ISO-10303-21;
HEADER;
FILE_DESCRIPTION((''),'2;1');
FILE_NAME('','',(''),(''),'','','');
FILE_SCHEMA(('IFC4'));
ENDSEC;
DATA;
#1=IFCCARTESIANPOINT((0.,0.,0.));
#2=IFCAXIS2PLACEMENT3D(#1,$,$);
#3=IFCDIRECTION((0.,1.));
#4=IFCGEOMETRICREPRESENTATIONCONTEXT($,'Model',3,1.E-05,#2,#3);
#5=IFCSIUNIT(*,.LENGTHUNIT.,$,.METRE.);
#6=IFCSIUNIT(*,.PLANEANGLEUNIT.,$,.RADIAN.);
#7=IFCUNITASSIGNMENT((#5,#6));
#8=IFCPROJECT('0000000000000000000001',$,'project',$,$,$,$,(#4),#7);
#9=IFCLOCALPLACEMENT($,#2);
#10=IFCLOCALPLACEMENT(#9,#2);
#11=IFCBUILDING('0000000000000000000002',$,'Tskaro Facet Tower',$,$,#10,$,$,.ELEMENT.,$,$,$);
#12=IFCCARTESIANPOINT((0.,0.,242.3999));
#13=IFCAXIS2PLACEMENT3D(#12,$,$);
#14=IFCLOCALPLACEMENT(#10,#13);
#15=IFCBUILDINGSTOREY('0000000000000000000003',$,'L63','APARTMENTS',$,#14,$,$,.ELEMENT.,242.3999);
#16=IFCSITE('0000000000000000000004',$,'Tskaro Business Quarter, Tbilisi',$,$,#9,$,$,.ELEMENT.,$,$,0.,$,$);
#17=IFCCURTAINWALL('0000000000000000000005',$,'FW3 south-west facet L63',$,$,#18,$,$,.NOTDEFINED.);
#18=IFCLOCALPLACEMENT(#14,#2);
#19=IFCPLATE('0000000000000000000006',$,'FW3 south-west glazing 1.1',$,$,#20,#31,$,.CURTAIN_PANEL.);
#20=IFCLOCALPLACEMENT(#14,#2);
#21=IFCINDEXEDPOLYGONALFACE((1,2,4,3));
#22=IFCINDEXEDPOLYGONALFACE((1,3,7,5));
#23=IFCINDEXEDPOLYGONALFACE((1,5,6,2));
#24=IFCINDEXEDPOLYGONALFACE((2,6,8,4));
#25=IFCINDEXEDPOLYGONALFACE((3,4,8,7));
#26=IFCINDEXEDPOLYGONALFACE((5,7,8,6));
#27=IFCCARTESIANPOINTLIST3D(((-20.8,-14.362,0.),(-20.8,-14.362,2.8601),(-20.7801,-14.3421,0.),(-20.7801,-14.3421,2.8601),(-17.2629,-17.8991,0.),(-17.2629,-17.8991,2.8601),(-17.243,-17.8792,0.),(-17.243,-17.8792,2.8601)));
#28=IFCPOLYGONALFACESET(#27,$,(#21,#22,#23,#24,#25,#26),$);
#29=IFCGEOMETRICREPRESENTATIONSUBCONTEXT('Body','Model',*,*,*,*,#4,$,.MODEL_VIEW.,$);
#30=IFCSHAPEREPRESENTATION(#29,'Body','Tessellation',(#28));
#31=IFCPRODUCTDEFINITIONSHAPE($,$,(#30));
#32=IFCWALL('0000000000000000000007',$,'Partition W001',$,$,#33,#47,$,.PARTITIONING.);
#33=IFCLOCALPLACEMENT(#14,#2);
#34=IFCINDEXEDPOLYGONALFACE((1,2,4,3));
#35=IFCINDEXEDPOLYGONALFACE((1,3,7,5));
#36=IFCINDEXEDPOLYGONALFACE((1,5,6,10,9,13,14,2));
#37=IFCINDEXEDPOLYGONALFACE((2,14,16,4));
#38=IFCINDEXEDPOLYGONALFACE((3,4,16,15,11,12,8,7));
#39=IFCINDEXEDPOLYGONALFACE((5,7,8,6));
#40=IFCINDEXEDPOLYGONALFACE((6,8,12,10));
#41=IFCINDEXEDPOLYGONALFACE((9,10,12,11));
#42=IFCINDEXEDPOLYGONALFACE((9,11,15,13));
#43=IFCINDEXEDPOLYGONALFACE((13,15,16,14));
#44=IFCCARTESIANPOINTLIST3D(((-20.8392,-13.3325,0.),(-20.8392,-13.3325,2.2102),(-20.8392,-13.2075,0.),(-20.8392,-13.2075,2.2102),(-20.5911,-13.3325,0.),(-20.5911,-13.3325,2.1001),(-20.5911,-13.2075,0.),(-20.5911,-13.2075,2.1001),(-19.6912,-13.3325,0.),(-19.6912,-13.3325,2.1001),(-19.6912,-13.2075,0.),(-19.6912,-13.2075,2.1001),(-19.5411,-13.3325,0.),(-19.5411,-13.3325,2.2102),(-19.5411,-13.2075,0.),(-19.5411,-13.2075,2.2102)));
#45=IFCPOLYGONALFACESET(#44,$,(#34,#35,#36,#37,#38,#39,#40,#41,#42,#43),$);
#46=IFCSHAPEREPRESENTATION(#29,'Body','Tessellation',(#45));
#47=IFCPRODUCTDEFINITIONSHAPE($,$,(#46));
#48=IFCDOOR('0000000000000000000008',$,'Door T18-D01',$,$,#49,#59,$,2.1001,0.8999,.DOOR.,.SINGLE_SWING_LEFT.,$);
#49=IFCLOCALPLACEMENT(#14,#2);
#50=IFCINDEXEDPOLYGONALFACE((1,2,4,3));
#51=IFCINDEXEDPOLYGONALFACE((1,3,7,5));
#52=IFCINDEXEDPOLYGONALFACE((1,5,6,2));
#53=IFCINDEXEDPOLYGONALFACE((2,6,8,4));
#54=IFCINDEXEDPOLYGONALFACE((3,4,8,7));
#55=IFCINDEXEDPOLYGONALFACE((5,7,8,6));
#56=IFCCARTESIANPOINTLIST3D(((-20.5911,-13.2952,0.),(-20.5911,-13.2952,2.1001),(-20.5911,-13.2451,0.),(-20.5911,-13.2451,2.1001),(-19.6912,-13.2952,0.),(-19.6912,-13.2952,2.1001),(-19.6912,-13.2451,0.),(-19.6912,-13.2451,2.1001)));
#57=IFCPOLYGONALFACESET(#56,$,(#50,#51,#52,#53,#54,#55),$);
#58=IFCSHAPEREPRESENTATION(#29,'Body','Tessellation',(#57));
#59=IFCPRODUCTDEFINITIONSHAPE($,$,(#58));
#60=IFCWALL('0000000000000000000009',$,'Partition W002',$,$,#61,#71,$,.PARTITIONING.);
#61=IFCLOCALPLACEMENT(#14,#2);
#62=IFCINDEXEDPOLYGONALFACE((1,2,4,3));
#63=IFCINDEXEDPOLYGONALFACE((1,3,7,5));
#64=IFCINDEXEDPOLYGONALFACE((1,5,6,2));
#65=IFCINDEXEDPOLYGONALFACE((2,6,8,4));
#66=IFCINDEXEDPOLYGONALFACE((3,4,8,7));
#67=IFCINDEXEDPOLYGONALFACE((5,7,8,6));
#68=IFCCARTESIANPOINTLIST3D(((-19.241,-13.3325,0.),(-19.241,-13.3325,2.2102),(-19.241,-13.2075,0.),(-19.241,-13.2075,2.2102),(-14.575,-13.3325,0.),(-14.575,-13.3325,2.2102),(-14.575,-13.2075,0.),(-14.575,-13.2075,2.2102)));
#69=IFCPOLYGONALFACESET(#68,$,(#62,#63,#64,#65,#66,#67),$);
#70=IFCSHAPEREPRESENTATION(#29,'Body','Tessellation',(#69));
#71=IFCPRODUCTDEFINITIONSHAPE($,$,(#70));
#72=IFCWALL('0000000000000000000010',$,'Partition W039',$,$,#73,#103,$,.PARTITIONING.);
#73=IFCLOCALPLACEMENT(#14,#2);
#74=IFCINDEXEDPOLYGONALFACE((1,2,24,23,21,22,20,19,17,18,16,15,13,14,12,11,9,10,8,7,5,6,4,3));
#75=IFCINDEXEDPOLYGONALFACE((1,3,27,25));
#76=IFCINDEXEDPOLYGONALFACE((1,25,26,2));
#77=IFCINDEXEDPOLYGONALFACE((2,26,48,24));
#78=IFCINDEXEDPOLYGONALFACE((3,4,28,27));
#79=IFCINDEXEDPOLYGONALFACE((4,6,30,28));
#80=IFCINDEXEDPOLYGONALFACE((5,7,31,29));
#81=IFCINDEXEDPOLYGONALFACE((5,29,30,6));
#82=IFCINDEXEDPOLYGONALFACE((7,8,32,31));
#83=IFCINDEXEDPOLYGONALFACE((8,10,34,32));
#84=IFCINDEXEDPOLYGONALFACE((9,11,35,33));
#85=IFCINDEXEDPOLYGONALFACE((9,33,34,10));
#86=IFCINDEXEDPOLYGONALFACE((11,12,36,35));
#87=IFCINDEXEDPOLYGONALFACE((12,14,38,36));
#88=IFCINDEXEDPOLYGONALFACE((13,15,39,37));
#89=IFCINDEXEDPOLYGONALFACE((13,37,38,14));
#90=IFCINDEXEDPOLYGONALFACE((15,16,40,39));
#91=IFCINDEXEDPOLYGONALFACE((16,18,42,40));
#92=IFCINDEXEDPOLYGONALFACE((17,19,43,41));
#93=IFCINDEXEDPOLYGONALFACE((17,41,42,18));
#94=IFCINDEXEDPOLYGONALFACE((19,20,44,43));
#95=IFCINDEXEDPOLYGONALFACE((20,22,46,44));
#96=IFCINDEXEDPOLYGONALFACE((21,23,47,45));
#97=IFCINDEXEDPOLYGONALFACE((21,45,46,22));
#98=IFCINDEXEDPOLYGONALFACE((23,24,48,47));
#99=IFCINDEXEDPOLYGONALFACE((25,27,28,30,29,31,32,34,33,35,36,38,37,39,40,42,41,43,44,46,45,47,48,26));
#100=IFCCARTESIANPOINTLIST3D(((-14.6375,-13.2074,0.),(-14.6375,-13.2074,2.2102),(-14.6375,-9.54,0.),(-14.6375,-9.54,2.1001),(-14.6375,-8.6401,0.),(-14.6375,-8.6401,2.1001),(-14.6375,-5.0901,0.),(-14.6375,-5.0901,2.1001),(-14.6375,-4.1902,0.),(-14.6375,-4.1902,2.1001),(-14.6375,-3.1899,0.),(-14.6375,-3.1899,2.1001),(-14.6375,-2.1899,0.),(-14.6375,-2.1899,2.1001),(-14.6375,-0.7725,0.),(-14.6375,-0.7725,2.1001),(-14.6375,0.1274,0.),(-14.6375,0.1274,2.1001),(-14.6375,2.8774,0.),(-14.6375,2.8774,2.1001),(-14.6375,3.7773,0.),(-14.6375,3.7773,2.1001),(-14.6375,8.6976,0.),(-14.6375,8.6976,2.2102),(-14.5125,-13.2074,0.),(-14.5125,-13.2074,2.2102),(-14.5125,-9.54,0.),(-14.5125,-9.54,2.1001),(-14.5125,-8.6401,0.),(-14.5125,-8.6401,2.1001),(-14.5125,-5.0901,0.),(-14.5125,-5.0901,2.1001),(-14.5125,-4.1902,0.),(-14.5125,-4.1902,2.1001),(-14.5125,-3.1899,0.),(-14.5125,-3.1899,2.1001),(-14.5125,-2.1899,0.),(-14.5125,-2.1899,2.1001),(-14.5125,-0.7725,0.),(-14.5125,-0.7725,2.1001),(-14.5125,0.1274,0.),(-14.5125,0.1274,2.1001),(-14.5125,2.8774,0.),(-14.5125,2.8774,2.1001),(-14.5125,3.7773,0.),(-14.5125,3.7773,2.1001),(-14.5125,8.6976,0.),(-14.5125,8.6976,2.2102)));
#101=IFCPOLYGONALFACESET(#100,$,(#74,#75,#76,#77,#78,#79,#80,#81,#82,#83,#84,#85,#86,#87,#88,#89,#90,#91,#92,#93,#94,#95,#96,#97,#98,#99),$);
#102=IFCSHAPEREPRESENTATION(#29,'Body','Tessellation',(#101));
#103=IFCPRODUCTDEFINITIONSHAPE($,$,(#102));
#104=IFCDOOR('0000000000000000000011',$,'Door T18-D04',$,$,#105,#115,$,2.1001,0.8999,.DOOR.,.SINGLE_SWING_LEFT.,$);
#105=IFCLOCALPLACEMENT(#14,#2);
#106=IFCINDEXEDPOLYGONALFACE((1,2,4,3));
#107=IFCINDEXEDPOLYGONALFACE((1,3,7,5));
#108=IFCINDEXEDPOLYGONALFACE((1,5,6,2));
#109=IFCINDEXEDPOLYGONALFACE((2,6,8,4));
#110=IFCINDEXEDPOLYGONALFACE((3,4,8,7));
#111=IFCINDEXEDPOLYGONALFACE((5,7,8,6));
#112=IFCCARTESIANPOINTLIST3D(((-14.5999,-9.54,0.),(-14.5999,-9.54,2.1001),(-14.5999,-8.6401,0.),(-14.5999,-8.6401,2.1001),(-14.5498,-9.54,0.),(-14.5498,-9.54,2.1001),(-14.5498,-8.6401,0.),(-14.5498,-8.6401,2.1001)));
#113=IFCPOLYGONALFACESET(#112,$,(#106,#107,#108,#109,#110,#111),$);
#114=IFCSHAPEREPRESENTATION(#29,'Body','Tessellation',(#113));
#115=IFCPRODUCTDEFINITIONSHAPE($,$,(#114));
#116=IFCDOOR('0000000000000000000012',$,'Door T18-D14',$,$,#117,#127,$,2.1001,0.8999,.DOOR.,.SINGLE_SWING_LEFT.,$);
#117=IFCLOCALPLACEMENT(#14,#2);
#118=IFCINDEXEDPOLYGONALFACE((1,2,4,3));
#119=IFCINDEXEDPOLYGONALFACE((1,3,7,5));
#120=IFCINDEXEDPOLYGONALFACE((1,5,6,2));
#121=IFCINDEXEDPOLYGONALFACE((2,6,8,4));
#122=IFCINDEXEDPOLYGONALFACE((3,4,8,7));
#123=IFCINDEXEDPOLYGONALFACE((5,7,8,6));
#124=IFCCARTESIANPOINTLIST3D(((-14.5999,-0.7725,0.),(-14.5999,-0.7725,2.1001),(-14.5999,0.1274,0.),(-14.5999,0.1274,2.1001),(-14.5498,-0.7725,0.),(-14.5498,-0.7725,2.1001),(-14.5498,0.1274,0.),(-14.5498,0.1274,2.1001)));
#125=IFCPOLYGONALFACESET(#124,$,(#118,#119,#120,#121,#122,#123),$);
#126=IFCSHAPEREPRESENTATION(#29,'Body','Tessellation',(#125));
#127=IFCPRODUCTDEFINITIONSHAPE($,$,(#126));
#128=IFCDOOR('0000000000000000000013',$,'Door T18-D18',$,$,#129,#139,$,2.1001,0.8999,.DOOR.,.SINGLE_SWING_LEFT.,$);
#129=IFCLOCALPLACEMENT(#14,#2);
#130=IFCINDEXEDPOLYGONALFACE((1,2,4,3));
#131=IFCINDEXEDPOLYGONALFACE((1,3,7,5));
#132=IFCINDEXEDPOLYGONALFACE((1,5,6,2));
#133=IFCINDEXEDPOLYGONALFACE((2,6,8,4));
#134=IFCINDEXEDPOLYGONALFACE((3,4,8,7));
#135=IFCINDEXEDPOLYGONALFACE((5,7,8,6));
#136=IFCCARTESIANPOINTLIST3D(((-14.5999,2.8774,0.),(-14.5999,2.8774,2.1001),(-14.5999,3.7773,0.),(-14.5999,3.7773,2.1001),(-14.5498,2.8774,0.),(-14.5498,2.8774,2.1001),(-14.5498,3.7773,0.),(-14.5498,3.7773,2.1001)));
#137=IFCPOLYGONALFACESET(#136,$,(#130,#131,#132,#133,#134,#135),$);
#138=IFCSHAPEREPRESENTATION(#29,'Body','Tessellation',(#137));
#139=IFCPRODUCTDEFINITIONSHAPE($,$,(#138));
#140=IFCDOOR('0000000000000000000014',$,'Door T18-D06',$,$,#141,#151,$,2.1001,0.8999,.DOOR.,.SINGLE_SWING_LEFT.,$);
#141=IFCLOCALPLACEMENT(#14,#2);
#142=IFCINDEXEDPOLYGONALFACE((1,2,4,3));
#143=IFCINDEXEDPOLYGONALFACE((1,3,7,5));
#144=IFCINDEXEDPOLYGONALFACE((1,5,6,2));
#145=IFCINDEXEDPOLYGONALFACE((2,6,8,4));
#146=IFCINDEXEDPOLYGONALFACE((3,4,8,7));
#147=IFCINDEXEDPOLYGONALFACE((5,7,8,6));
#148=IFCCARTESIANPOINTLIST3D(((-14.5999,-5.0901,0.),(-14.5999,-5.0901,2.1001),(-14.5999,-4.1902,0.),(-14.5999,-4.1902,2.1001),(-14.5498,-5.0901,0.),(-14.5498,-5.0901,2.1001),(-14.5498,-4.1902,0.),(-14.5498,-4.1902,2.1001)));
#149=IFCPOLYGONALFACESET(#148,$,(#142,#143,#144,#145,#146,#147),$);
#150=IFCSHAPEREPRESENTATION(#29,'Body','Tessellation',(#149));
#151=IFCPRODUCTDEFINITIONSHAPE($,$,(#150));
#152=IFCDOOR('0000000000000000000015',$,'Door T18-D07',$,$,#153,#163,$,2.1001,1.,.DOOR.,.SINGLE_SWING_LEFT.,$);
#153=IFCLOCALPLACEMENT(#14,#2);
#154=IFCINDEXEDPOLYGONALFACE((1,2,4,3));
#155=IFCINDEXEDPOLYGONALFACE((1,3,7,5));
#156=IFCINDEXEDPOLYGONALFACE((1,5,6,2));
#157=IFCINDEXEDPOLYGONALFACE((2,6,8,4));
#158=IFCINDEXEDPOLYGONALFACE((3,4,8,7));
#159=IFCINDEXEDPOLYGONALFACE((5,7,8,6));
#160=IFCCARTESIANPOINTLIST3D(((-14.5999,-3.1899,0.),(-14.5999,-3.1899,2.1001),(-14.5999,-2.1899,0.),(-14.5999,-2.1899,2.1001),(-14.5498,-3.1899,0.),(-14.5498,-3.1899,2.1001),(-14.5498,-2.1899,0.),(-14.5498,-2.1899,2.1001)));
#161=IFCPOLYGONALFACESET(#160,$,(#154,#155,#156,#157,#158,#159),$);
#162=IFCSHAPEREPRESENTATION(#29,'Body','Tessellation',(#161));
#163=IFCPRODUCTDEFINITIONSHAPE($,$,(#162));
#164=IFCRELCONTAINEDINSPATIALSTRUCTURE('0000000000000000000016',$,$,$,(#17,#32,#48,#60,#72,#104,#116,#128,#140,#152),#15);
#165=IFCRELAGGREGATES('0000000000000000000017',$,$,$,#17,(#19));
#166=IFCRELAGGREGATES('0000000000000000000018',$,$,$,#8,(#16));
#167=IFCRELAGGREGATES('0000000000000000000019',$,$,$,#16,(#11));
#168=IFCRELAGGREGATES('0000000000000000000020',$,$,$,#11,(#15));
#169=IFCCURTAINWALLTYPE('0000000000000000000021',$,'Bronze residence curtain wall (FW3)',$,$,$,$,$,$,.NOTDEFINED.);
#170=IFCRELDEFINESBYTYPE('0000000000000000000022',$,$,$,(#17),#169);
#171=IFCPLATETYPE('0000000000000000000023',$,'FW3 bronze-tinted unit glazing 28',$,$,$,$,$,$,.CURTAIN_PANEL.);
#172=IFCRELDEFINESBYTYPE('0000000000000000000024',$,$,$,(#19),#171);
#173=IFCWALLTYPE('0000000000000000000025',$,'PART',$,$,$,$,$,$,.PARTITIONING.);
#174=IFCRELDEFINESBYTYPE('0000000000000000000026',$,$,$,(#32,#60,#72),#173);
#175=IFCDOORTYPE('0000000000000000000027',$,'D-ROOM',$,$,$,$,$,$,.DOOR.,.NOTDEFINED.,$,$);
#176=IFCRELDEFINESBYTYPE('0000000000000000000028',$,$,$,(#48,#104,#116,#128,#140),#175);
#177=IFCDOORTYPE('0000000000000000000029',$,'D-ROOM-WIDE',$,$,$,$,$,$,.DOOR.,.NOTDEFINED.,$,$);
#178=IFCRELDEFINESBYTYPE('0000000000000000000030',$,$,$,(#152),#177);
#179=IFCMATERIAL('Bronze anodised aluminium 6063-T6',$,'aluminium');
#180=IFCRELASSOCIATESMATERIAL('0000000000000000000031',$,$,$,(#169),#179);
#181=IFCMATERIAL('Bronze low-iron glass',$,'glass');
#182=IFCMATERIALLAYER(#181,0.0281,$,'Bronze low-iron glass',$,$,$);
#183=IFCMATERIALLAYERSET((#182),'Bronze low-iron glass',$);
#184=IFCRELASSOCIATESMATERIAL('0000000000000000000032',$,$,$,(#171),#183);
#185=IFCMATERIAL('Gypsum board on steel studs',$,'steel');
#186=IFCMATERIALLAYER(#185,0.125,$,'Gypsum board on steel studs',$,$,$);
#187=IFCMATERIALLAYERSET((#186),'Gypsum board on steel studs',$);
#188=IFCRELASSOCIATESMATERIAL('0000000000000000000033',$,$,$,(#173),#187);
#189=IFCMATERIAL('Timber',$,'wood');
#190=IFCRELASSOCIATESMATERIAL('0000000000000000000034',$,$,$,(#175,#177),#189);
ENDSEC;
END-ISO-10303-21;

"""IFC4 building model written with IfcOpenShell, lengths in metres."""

from ifc_helpers import new_model, si_unit, direction, frame, frame_2d, origin, origin_2d, place, context, subcontext, project, spatial, rectangle, extrude, material, layer, layer_set, type_object, element, fill, aggregate, save


model = new_model("IFC4")

# Units and contexts
model_context = context("Model", 3, precision=1e-05, world=origin(), true_north=direction((0.0, 1.0)))
body_context = subcontext(model_context, "Body", "Model", "MODEL_VIEW")
ifc_project = project(units=[si_unit("LENGTHUNIT", "METRE"), si_unit("PLANEANGLEUNIT", "RADIAN")], contexts=[model_context])

# Site, building, storey
site_placement = place(None, origin())
site = spatial("IfcSite", under=ifc_project, at=site_placement, Name="Tskaro Business Quarter, Tbilisi", CompositionType="ELEMENT", RefElevation=0.0)
building_placement = place(site_placement, origin())
building = spatial("IfcBuilding", under=site, at=building_placement, Name="Tskaro Facet Tower", CompositionType="ELEMENT")
storey_placement = place(building_placement, frame((0.0, 0.0, 242.3999)))
storey = spatial("IfcBuildingStorey", under=building, at=storey_placement, Name="L63", Description="APARTMENTS", CompositionType="ELEMENT", Elevation=242.3999)

# Curtain wall
ifc_material_1 = material(Name="Bronze anodised aluminium 6063-T6", Category="aluminium")
curtain_wall_type = type_object("IfcCurtainWallType", Name="Bronze residence curtain wall (FW3)", PredefinedType="NOTDEFINED", material=ifc_material_1)
curtain_wall_1_placement = place(storey_placement, origin())
curtain_wall_1 = element("IfcCurtainWall", 1, at=curtain_wall_1_placement, inside=storey, type_object=curtain_wall_type, Name="FW3 south-west facet L63", PredefinedType="NOTDEFINED")

# Shared definitions
ifc_material_2 = material(Name="Bronze low-iron glass", Category="glass")
ifc_layer_1 = layer(ifc_material_2, 0.0281, Name="Bronze low-iron glass")
ifc_layer_set_1 = layer_set([ifc_layer_1], Name="Bronze low-iron glass")
plate_type = type_object("IfcPlateType", Name="FW3 bronze-tinted unit glazing 28", PredefinedType="CURTAIN_PANEL", material=ifc_layer_set_1)

# Plate
plate_1_placement = place(storey_placement, frame((-19.0215, -16.1206, 0.0), z_axis=(0.0, 0.0, 1.0), x_axis=(0.707107, -0.707107, 0.0)))
plate_1 = element("IfcPlate", 2, at=plate_1_placement, type_object=plate_type, Name="FW3 south-west glazing 1.1", PredefinedType="CURTAIN_PANEL", context=body_context, shape_type="SweptSolid", body=[
    extrude(rectangle(XDim=5.0022, YDim=0.0281, at=origin_2d()), origin(), (0.0, 0.0, 1.0), 2.8601),
])
aggregate(curtain_wall_1, [plate_1])

# Wall, opening, door
ifc_material_3 = material(Name="Gypsum board on steel studs", Category="steel")
ifc_layer_2 = layer(ifc_material_3, 0.125, Name="Gypsum board on steel studs")
ifc_layer_set_2 = layer_set([ifc_layer_2], Name="Gypsum board on steel studs")
wall_type = type_object("IfcWallType", Name="PART", PredefinedType="PARTITIONING", material=ifc_layer_set_2)
wall_1_placement = place(storey_placement, frame((-20.8391, -13.27, 0.0), z_axis=(0.0, 0.0, 1.0), x_axis=(1.0, 0.0, 0.0)))
wall_1 = element("IfcWall", 3, at=wall_1_placement, inside=storey, type_object=wall_type, Name="Partition W001", PredefinedType="PARTITIONING", context=body_context, shape_type="SweptSolid", body=[
    extrude(rectangle(XDim=1.2981, YDim=0.125, at=frame_2d((0.6489, 0.0))), origin(), (0.0, 0.0, 1.0), 2.2102),
])
opening_1_placement = place(wall_1_placement, frame((0.248, 0.0, 0.0)))
opening_1 = element("IfcOpeningElement", 4, at=opening_1_placement, cuts=wall_1, PredefinedType="OPENING", context=body_context, shape_type="SweptSolid", body=[
    extrude(rectangle(XDim=0.8999, YDim=2.1001, at=frame_2d((0.45, 1.05))), frame((0.0, 0.0725, 0.0), z_axis=(0.0, -1.0, 0.0), x_axis=(1.0, 0.0, 0.0)), (0.0, 0.0, 1.0), 0.145),
])
ifc_material_4 = material(Name="Timber", Category="wood")
door_type_1 = type_object("IfcDoorType", Name="D-ROOM", OperationType="NOTDEFINED", PredefinedType="DOOR", material=ifc_material_4)
door_1_placement = place(opening_1_placement, origin())
door_1 = element("IfcDoor", 5, at=door_1_placement, inside=storey, type_object=door_type_1, Name="Door T18-D01", OperationType="SINGLE_SWING_LEFT", OverallHeight=2.1001, OverallWidth=0.8999, PredefinedType="DOOR", context=body_context, shape_type="SweptSolid", body=[
    extrude(rectangle(XDim=0.8999, YDim=2.1001, at=frame_2d((0.45, 1.05))), frame((0.0, 0.0249, 0.0), z_axis=(0.0, -1.0, 0.0), x_axis=(1.0, 0.0, 0.0)), (0.0, 0.0, 1.0), 0.05),
])
fill(opening_1, door_1)

# Wall
wall_2_placement = place(storey_placement, frame((-19.241, -13.27, 0.0), z_axis=(0.0, 0.0, 1.0), x_axis=(1.0, 0.0, 0.0)))
element("IfcWall", 6, at=wall_2_placement, inside=storey, type_object=wall_type, Name="Partition W002", PredefinedType="PARTITIONING", context=body_context, shape_type="SweptSolid", body=[
    extrude(rectangle(XDim=4.666, YDim=0.125, at=frame_2d((2.333, 0.0))), origin(), (0.0, 0.0, 1.0), 2.2102),
])

# Wall, openings, doors
wall_3_placement = place(storey_placement, frame((-14.575, -13.2075, 0.0), z_axis=(0.0, 0.0, 1.0), x_axis=(0.0, 1.0, 0.0)))
wall_3 = element("IfcWall", 7, at=wall_3_placement, inside=storey, type_object=wall_type, Name="Partition W039", PredefinedType="PARTITIONING", context=body_context, shape_type="SweptSolid", body=[
    extrude(rectangle(XDim=21.905, YDim=0.125, at=frame_2d((10.9526, 0.0))), origin(), (0.0, 0.0, 1.0), 2.2102),
])
opening_2_placement = place(wall_3_placement, frame((3.6675, 0.0, 0.0)))
opening_2 = element("IfcOpeningElement", 8, at=opening_2_placement, cuts=wall_3, PredefinedType="OPENING", context=body_context, shape_type="SweptSolid", body=[
    extrude(rectangle(XDim=0.8999, YDim=2.1001, at=frame_2d((0.45, 1.05))), frame((0.0, 0.0725, 0.0), z_axis=(0.0, -1.0, 0.0), x_axis=(1.0, 0.0, 0.0)), (0.0, 0.0, 1.0), 0.145),
])
opening_3_placement = place(wall_3_placement, frame((12.4351, 0.0, 0.0)))
opening_3 = element("IfcOpeningElement", 9, at=opening_3_placement, cuts=wall_3, PredefinedType="OPENING", context=body_context, shape_type="SweptSolid", body=[
    extrude(rectangle(XDim=0.8999, YDim=2.1001, at=frame_2d((0.45, 1.05))), frame((0.0, 0.0725, 0.0), z_axis=(0.0, -1.0, 0.0), x_axis=(1.0, 0.0, 0.0)), (0.0, 0.0, 1.0), 0.145),
])
opening_4_placement = place(wall_3_placement, frame((16.085, 0.0, 0.0)))
opening_4 = element("IfcOpeningElement", 10, at=opening_4_placement, cuts=wall_3, PredefinedType="OPENING", context=body_context, shape_type="SweptSolid", body=[
    extrude(rectangle(XDim=0.8999, YDim=2.1001, at=frame_2d((0.45, 1.05))), frame((0.0, 0.0725, 0.0), z_axis=(0.0, -1.0, 0.0), x_axis=(1.0, 0.0, 0.0)), (0.0, 0.0, 1.0), 0.145),
])
opening_5_placement = place(wall_3_placement, frame((10.0176, 0.0, 0.0)))
opening_5 = element("IfcOpeningElement", 11, at=opening_5_placement, cuts=wall_3, PredefinedType="OPENING", context=body_context, shape_type="SweptSolid", body=[
    extrude(rectangle(XDim=1.0, YDim=2.1001, at=frame_2d((0.5, 1.05))), frame((0.0, 0.0725, 0.0), z_axis=(0.0, -1.0, 0.0), x_axis=(1.0, 0.0, 0.0)), (0.0, 0.0, 1.0), 0.145),
])
opening_6_placement = place(wall_3_placement, frame((8.1174, 0.0, 0.0)))
opening_6 = element("IfcOpeningElement", 12, at=opening_6_placement, cuts=wall_3, PredefinedType="OPENING", context=body_context, shape_type="SweptSolid", body=[
    extrude(rectangle(XDim=0.8999, YDim=2.1001, at=frame_2d((0.45, 1.05))), frame((0.0, 0.0725, 0.0), z_axis=(0.0, -1.0, 0.0), x_axis=(1.0, 0.0, 0.0)), (0.0, 0.0, 1.0), 0.145),
])
door_2_placement = place(opening_2_placement, origin())
door_2 = element("IfcDoor", 13, at=door_2_placement, inside=storey, type_object=door_type_1, Name="Door T18-D04", OperationType="SINGLE_SWING_LEFT", OverallHeight=2.1001, OverallWidth=0.8999, PredefinedType="DOOR", context=body_context, shape_type="SweptSolid", body=[
    extrude(rectangle(XDim=0.8999, YDim=2.1001, at=frame_2d((0.45, 1.05))), frame((0.0, 0.0249, 0.0), z_axis=(0.0, -1.0, 0.0), x_axis=(1.0, 0.0, 0.0)), (0.0, 0.0, 1.0), 0.05),
])
fill(opening_2, door_2)
door_3_placement = place(opening_3_placement, origin())
door_3 = element("IfcDoor", 14, at=door_3_placement, inside=storey, type_object=door_type_1, Name="Door T18-D14", OperationType="SINGLE_SWING_LEFT", OverallHeight=2.1001, OverallWidth=0.8999, PredefinedType="DOOR", context=body_context, shape_type="SweptSolid", body=[
    extrude(rectangle(XDim=0.8999, YDim=2.1001, at=frame_2d((0.45, 1.05))), frame((0.0, 0.0249, 0.0), z_axis=(0.0, -1.0, 0.0), x_axis=(1.0, 0.0, 0.0)), (0.0, 0.0, 1.0), 0.05),
])
fill(opening_3, door_3)
door_4_placement = place(opening_4_placement, origin())
door_4 = element("IfcDoor", 15, at=door_4_placement, inside=storey, type_object=door_type_1, Name="Door T18-D18", OperationType="SINGLE_SWING_LEFT", OverallHeight=2.1001, OverallWidth=0.8999, PredefinedType="DOOR", context=body_context, shape_type="SweptSolid", body=[
    extrude(rectangle(XDim=0.8999, YDim=2.1001, at=frame_2d((0.45, 1.05))), frame((0.0, 0.0249, 0.0), z_axis=(0.0, -1.0, 0.0), x_axis=(1.0, 0.0, 0.0)), (0.0, 0.0, 1.0), 0.05),
])
fill(opening_4, door_4)
door_5_placement = place(opening_6_placement, origin())
door_5 = element("IfcDoor", 16, at=door_5_placement, inside=storey, type_object=door_type_1, Name="Door T18-D06", OperationType="SINGLE_SWING_LEFT", OverallHeight=2.1001, OverallWidth=0.8999, PredefinedType="DOOR", context=body_context, shape_type="SweptSolid", body=[
    extrude(rectangle(XDim=0.8999, YDim=2.1001, at=frame_2d((0.45, 1.05))), frame((0.0, 0.0249, 0.0), z_axis=(0.0, -1.0, 0.0), x_axis=(1.0, 0.0, 0.0)), (0.0, 0.0, 1.0), 0.05),
])
fill(opening_6, door_5)
door_type_2 = type_object("IfcDoorType", Name="D-ROOM-WIDE", OperationType="NOTDEFINED", PredefinedType="DOOR", material=ifc_material_4)
door_6_placement = place(opening_5_placement, origin())
door_6 = element("IfcDoor", 17, at=door_6_placement, inside=storey, type_object=door_type_2, Name="Door T18-D07", OperationType="SINGLE_SWING_LEFT", OverallHeight=2.1001, OverallWidth=1.0, PredefinedType="DOOR", context=body_context, shape_type="SweptSolid", body=[
    extrude(rectangle(XDim=1.0, YDim=2.1001, at=frame_2d((0.5, 1.05))), frame((0.0, 0.0249, 0.0), z_axis=(0.0, -1.0, 0.0), x_axis=(1.0, 0.0, 0.0)), (0.0, 0.0, 1.0), 0.05),
])
fill(opening_5, door_6)

save(model, "model.ifc")
